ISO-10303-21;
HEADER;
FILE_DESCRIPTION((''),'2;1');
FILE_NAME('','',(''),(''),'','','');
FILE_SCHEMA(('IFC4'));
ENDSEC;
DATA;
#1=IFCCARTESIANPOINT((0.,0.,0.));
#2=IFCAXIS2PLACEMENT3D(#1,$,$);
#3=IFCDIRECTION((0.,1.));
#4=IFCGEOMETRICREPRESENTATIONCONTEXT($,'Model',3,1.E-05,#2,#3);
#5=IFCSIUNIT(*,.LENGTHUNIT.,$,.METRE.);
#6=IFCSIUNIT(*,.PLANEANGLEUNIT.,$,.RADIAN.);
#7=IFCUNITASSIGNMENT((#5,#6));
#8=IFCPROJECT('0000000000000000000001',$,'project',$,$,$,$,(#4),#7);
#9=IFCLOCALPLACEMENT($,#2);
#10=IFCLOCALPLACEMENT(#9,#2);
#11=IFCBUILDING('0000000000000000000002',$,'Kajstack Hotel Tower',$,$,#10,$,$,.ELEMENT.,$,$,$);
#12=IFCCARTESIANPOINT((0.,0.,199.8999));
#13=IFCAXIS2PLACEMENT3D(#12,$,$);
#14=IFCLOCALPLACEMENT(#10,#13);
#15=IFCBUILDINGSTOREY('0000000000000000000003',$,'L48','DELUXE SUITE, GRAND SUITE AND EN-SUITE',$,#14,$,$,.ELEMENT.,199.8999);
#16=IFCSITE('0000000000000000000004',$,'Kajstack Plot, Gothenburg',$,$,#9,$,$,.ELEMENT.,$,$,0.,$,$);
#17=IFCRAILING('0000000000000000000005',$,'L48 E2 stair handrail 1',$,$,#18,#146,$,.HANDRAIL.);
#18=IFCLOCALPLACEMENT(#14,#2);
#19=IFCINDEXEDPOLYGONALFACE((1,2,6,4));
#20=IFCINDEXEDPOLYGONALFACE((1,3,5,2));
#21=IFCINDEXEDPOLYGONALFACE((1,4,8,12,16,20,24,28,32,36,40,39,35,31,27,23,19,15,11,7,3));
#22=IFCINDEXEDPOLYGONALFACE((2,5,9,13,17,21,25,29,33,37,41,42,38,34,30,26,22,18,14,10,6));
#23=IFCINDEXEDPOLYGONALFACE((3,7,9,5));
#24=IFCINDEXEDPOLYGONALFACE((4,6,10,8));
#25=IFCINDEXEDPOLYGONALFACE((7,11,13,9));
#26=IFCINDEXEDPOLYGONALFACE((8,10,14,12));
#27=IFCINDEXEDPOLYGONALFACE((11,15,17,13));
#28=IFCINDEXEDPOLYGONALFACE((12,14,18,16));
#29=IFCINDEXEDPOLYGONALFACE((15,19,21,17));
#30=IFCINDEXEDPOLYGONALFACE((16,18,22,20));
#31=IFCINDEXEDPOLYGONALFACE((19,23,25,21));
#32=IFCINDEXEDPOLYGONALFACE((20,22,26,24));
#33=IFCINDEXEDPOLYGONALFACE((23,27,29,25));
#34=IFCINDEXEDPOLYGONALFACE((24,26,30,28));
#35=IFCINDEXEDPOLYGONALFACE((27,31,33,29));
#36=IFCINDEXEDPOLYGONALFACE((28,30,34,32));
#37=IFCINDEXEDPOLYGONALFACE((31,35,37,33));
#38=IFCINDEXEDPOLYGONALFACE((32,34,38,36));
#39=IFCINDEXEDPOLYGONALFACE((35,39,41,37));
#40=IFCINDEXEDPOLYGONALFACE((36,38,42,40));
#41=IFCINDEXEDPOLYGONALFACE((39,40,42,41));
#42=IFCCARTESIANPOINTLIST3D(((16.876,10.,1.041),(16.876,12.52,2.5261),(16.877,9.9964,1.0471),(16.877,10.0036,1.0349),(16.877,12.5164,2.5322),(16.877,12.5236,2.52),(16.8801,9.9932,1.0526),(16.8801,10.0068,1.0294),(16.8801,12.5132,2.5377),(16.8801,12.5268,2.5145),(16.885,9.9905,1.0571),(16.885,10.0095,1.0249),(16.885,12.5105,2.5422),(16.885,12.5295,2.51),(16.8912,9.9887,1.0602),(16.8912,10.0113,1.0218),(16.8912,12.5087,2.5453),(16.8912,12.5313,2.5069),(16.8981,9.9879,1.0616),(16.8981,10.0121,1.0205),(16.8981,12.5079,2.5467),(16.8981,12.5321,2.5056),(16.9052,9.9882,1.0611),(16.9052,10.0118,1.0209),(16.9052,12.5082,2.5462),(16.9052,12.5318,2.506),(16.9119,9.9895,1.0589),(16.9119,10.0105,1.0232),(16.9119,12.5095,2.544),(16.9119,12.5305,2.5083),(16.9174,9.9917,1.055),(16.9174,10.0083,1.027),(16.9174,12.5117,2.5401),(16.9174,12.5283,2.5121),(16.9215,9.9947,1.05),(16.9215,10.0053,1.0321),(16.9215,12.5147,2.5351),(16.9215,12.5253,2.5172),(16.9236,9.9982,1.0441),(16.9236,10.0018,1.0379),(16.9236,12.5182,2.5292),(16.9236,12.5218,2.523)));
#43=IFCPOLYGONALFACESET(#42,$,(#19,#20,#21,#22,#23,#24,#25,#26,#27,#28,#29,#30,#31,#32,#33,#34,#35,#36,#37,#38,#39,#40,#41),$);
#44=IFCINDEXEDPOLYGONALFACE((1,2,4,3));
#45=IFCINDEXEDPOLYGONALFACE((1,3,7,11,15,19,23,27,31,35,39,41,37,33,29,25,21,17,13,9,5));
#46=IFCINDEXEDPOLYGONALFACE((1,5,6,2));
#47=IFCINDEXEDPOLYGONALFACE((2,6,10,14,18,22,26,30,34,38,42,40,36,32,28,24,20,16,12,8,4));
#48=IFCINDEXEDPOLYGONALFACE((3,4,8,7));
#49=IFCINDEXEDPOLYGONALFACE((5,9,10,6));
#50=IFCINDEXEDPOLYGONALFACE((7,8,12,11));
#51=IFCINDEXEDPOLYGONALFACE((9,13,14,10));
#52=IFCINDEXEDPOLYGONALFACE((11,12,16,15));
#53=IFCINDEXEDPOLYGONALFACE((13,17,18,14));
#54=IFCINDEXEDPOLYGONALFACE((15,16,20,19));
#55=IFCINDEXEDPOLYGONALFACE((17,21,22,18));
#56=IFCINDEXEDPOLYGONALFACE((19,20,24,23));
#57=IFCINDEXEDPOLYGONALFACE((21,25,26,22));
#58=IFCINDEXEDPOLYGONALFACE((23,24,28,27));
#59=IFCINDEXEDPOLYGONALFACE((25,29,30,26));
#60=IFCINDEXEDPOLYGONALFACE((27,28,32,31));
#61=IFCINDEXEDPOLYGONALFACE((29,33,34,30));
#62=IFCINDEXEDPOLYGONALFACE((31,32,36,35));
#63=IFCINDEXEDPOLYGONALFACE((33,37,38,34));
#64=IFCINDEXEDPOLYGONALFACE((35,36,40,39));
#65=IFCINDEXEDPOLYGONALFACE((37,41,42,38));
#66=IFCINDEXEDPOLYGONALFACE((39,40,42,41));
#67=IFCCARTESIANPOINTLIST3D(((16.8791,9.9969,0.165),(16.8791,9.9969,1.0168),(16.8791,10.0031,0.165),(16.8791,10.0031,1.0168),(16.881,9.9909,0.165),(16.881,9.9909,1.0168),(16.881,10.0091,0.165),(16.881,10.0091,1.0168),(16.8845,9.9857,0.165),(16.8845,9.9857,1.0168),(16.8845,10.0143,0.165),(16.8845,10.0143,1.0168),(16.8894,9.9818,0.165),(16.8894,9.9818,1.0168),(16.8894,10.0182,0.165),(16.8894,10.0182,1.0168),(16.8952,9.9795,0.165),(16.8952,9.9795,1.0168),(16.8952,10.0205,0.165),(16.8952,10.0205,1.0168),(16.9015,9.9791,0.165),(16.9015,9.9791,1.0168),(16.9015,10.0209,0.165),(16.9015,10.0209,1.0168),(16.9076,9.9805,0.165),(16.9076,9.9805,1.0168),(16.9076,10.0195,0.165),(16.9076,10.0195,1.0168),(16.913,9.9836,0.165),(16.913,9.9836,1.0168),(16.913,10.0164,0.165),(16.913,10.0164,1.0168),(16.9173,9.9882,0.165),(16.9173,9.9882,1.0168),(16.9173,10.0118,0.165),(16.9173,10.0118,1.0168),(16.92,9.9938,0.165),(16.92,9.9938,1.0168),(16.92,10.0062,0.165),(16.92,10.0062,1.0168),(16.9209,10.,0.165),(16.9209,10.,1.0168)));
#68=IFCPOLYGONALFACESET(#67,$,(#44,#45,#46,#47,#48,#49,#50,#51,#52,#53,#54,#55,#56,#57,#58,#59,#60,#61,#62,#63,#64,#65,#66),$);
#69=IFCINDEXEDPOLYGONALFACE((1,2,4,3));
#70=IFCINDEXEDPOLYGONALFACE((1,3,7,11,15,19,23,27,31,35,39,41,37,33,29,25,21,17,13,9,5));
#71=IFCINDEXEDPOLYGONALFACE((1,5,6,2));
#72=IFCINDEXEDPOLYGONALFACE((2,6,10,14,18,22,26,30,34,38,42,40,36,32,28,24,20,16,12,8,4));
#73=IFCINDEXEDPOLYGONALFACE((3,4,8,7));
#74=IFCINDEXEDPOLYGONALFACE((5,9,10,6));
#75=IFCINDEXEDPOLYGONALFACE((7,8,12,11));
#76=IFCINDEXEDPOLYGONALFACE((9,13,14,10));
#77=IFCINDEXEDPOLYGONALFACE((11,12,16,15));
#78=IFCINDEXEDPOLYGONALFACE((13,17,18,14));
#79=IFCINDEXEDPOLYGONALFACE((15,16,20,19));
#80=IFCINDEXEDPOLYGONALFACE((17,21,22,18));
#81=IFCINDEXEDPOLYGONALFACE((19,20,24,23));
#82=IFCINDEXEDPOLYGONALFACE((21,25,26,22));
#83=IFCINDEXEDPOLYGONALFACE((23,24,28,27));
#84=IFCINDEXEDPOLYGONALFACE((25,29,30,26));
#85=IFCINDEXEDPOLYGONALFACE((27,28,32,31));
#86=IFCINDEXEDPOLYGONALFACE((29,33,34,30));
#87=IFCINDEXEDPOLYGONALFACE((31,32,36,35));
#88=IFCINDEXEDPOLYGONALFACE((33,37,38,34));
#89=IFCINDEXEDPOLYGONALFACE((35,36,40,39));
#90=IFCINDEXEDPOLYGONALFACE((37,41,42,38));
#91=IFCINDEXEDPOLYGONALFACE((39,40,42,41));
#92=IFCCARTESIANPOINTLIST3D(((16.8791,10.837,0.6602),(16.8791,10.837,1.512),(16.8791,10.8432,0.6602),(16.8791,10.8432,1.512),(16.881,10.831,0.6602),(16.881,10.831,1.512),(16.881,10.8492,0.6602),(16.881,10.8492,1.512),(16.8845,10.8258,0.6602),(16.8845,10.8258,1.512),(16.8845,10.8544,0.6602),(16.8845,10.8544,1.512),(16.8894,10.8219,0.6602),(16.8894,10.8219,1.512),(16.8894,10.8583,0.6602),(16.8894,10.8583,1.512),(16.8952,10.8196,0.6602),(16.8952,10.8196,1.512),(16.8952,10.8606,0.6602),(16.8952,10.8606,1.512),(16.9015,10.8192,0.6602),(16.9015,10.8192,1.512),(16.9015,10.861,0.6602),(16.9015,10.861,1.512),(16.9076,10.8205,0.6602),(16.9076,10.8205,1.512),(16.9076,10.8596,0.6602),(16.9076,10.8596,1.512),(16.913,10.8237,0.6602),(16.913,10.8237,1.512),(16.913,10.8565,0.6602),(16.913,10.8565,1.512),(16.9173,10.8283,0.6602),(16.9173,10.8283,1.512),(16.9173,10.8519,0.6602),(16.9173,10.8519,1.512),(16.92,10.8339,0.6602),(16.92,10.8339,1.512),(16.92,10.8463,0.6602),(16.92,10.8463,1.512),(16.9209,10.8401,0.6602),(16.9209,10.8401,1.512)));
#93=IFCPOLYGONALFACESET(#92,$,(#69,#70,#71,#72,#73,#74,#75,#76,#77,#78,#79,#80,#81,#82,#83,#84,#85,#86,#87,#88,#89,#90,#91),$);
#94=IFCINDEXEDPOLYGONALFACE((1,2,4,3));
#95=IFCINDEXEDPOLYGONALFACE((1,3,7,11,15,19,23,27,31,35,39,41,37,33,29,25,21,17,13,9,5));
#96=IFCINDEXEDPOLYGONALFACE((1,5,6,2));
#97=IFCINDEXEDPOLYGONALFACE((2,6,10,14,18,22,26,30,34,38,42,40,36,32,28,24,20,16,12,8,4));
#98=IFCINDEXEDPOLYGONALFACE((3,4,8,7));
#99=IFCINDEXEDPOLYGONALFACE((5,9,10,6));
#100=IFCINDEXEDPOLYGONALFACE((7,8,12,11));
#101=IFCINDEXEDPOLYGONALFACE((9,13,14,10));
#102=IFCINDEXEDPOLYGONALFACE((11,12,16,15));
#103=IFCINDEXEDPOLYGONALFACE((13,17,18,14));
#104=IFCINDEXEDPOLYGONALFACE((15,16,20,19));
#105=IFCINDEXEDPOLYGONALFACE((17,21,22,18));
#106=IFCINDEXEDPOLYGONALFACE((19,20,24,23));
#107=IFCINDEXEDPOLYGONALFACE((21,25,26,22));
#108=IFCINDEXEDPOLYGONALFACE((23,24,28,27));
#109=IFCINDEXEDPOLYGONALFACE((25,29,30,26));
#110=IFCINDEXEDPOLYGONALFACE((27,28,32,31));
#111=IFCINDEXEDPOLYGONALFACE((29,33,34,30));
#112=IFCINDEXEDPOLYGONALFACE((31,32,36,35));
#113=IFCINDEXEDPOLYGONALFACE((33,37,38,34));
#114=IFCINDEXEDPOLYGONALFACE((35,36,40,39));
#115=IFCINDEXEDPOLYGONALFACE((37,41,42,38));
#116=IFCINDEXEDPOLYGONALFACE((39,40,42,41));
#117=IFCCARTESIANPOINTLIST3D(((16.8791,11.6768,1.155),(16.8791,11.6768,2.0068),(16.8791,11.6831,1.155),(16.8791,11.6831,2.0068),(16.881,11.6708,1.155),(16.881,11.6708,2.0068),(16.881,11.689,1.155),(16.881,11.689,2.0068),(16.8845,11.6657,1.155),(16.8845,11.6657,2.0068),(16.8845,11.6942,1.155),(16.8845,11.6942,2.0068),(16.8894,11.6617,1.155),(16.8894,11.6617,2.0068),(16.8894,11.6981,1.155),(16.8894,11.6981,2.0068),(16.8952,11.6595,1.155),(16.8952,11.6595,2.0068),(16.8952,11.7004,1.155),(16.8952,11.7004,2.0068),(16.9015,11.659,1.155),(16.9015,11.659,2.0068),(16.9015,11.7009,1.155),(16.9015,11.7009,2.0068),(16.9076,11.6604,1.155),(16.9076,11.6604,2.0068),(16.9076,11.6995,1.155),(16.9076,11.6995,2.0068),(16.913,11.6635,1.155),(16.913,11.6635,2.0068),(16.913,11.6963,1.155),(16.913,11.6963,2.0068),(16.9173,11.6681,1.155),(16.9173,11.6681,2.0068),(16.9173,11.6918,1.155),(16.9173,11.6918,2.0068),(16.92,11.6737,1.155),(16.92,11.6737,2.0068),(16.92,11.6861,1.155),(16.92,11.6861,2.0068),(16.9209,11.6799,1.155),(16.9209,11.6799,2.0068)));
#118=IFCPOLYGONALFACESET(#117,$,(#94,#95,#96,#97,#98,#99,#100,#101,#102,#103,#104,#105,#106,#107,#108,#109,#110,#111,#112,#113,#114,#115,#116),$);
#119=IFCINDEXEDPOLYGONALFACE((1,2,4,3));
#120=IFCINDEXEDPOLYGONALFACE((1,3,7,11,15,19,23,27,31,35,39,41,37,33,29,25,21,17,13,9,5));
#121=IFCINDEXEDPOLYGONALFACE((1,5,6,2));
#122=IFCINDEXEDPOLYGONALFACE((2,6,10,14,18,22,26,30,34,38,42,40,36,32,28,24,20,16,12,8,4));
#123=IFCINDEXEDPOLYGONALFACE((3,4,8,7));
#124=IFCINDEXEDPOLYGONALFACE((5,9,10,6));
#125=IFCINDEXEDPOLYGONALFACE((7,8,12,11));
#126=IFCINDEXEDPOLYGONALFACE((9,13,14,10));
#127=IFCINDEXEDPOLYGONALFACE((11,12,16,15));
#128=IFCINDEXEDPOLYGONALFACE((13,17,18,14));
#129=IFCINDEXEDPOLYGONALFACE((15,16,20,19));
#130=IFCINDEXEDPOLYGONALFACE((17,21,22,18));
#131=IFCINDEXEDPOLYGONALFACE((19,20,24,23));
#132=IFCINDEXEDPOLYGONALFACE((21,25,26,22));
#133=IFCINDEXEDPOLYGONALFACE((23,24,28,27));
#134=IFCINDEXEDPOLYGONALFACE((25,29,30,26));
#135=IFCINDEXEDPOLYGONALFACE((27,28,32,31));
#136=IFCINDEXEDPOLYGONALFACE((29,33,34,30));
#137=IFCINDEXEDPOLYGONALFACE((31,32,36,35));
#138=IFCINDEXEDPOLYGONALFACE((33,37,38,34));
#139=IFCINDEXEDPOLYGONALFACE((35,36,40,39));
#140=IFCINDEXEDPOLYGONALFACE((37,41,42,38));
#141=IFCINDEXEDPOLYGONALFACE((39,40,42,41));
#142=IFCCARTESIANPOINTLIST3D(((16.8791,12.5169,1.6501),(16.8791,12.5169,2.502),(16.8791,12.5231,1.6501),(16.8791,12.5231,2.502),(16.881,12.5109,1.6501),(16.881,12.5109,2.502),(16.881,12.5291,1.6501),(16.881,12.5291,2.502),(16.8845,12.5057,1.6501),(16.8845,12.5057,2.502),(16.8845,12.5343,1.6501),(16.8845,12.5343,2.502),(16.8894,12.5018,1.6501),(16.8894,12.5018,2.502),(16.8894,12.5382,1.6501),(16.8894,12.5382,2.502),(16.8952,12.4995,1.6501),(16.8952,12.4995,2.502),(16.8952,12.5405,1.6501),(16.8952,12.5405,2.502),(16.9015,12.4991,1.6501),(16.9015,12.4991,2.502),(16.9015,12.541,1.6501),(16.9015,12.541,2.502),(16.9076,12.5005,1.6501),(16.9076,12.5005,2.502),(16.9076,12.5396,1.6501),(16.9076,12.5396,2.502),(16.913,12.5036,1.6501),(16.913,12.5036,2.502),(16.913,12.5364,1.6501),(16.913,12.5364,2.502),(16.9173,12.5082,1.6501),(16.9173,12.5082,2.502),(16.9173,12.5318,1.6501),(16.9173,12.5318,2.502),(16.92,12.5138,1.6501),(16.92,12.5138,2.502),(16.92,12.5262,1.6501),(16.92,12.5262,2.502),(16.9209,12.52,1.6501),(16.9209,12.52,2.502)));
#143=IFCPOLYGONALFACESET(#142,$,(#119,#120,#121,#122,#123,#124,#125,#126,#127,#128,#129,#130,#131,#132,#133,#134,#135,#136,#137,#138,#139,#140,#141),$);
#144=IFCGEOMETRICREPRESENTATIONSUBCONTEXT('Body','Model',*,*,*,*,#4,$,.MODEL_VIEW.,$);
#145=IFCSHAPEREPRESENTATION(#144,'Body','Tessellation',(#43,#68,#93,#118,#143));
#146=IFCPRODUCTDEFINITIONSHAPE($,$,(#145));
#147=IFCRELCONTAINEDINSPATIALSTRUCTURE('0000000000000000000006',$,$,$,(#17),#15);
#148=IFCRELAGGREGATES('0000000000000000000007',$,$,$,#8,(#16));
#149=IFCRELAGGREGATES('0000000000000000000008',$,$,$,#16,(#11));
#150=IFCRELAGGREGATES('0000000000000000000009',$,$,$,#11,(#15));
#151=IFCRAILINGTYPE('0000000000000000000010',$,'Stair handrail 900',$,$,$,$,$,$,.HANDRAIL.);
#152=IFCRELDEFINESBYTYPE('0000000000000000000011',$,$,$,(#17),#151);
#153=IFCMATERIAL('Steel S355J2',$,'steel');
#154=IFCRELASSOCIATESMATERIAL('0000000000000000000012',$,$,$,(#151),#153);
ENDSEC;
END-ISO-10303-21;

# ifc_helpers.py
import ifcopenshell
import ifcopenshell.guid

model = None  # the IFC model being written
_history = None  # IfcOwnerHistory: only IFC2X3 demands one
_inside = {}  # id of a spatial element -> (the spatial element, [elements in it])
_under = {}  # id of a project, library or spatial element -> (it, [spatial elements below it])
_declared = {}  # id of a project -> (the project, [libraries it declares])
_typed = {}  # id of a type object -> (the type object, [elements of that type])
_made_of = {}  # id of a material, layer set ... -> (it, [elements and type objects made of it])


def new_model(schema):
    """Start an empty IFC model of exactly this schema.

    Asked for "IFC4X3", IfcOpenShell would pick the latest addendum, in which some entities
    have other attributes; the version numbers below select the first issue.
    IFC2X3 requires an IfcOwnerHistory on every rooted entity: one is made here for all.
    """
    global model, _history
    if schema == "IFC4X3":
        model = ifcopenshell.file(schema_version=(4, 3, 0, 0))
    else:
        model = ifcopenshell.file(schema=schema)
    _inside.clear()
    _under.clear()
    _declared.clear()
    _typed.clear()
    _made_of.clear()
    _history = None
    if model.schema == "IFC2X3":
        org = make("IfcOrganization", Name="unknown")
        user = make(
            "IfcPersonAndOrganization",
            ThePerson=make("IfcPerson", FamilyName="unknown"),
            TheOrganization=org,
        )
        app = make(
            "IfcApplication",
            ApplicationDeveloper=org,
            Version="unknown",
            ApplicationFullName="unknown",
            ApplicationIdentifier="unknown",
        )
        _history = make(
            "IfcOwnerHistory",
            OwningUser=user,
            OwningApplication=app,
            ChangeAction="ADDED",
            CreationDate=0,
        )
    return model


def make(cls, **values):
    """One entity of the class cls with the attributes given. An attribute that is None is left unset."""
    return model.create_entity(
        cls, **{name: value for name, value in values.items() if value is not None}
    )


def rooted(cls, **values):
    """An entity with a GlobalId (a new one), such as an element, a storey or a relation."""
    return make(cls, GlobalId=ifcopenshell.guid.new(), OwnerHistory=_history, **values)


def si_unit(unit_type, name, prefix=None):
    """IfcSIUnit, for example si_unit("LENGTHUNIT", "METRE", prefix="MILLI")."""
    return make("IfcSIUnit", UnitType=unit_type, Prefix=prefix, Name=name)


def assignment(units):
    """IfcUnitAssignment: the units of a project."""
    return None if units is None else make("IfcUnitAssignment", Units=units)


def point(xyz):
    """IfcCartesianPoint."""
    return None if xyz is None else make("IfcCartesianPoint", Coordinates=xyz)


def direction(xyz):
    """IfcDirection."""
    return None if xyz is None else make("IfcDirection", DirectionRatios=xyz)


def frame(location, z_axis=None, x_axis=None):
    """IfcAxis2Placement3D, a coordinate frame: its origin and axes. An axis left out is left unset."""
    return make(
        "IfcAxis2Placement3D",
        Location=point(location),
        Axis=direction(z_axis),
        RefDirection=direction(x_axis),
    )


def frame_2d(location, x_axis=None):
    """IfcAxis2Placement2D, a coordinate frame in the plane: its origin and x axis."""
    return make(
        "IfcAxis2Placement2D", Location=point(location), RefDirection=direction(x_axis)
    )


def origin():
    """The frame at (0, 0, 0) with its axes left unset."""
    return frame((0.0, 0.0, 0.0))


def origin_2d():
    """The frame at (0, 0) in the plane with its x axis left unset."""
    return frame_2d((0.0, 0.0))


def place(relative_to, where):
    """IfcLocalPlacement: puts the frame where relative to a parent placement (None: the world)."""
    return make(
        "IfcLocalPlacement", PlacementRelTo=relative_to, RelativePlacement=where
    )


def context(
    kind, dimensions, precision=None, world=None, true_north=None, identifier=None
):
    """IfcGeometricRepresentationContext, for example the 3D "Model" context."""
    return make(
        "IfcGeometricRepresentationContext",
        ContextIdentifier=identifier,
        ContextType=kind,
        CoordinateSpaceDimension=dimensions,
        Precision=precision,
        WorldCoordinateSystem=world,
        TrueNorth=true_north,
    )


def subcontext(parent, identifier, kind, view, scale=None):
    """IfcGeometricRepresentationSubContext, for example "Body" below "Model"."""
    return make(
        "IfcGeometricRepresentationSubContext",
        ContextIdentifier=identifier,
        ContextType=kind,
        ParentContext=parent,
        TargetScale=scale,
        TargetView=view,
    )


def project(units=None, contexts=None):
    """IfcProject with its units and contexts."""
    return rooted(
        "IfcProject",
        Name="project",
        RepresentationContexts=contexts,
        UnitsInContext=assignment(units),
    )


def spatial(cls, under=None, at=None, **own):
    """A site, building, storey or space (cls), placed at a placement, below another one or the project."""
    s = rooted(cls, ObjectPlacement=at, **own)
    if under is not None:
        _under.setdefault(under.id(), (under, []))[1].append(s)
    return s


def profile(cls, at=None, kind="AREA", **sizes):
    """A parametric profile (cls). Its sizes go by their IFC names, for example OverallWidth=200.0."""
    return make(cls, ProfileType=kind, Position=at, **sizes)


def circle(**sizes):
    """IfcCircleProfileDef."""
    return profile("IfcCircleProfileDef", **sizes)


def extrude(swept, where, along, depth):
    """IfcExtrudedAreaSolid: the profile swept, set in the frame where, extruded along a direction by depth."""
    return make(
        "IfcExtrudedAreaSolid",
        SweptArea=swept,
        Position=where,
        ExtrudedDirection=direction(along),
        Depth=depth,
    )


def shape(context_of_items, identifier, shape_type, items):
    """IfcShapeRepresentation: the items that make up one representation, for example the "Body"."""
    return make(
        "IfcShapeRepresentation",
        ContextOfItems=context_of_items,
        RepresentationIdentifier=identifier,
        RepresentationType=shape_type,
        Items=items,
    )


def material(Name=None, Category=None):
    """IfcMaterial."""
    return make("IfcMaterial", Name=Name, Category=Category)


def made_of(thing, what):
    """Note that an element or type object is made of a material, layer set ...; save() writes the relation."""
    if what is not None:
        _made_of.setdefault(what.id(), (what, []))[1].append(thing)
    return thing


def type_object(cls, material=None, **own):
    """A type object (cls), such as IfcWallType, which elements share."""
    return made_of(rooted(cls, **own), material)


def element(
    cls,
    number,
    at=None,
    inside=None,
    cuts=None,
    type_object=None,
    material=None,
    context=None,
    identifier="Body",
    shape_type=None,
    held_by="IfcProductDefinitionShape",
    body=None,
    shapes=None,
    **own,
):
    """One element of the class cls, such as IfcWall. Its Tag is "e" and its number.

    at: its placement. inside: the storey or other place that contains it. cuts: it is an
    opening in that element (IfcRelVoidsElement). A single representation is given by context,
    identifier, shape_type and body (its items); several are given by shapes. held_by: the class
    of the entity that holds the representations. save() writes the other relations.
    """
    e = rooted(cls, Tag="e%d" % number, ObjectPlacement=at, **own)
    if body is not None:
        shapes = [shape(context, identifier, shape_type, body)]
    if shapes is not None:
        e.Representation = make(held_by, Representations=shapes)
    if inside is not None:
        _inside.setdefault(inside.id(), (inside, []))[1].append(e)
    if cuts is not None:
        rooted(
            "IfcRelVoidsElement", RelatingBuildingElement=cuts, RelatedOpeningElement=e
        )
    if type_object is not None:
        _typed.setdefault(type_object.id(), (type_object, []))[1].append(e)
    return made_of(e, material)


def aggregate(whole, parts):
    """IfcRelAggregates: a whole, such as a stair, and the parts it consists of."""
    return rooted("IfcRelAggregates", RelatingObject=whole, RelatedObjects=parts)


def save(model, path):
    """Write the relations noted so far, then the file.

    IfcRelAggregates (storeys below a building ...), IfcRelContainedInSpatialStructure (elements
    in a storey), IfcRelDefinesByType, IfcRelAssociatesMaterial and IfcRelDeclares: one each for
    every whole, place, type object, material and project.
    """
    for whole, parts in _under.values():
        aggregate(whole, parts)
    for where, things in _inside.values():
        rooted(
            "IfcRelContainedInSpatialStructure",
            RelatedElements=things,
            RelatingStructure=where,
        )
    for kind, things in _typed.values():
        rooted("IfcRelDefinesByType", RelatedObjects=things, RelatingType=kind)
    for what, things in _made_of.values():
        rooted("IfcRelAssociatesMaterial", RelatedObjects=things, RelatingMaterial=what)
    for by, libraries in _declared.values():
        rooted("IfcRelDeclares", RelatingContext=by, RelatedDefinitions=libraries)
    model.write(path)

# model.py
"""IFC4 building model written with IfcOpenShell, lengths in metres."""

from ifc_helpers import new_model, si_unit, direction, frame, origin, origin_2d, place, context, subcontext, project, spatial, circle, extrude, material, type_object, element, save


model = new_model("IFC4")

# Units and contexts
model_context = context("Model", 3, precision=1e-05, world=origin(), true_north=direction((0.0, 1.0)))
body_context = subcontext(model_context, "Body", "Model", "MODEL_VIEW")
ifc_project = project(units=[si_unit("LENGTHUNIT", "METRE"), si_unit("PLANEANGLEUNIT", "RADIAN")], contexts=[model_context])

# Site, building, storey
site_placement = place(None, origin())
site = spatial("IfcSite", under=ifc_project, at=site_placement, Name="Kajstack Plot, Gothenburg", CompositionType="ELEMENT", RefElevation=0.0)
building_placement = place(site_placement, origin())
building = spatial("IfcBuilding", under=site, at=building_placement, Name="Kajstack Hotel Tower", CompositionType="ELEMENT")
storey_placement = place(building_placement, frame((0.0, 0.0, 199.8999)))
storey = spatial("IfcBuildingStorey", under=building, at=storey_placement, Name="L48", Description="DELUXE SUITE, GRAND SUITE AND EN-SUITE", CompositionType="ELEMENT", Elevation=199.8999)

# Railing
ifc_material_1 = material(Name="Steel S355J2", Category="steel")
railing_type_1 = type_object("IfcRailingType", Name="Stair handrail 900", PredefinedType="HANDRAIL", material=ifc_material_1)
railing_1_placement = place(storey_placement, frame((16.8999, 10.0, 0.165)))
element("IfcRailing", 1, at=railing_1_placement, inside=storey, type_object=railing_type_1, Name="L48 E2 stair handrail 1", PredefinedType="HANDRAIL", context=body_context, shape_type="SweptSolid", body=[
    extrude(circle(Radius=0.0239, at=origin_2d()), frame((0.0, 0.0, 0.876), z_axis=(0.0, 0.861524, 0.507717), x_axis=(-1.0, 0.0, 0.0)), (0.0, 0.0, 1.0), 2.925),
    extrude(circle(Radius=0.021, at=origin_2d()), origin(), (0.0, 0.0, 1.0), 0.8518),
    extrude(circle(Radius=0.021, at=origin_2d()), frame((0.0, 0.8401, 0.4951)), (0.0, 0.0, 1.0), 0.8518),
    extrude(circle(Radius=0.021, at=origin_2d()), frame((0.0, 1.6799, 0.99)), (0.0, 0.0, 1.0), 0.8518),
    extrude(circle(Radius=0.021, at=origin_2d()), frame((0.0, 2.52, 1.4851)), (0.0, 0.0, 1.0), 0.8518),
])

save(model, "model.ifc")
